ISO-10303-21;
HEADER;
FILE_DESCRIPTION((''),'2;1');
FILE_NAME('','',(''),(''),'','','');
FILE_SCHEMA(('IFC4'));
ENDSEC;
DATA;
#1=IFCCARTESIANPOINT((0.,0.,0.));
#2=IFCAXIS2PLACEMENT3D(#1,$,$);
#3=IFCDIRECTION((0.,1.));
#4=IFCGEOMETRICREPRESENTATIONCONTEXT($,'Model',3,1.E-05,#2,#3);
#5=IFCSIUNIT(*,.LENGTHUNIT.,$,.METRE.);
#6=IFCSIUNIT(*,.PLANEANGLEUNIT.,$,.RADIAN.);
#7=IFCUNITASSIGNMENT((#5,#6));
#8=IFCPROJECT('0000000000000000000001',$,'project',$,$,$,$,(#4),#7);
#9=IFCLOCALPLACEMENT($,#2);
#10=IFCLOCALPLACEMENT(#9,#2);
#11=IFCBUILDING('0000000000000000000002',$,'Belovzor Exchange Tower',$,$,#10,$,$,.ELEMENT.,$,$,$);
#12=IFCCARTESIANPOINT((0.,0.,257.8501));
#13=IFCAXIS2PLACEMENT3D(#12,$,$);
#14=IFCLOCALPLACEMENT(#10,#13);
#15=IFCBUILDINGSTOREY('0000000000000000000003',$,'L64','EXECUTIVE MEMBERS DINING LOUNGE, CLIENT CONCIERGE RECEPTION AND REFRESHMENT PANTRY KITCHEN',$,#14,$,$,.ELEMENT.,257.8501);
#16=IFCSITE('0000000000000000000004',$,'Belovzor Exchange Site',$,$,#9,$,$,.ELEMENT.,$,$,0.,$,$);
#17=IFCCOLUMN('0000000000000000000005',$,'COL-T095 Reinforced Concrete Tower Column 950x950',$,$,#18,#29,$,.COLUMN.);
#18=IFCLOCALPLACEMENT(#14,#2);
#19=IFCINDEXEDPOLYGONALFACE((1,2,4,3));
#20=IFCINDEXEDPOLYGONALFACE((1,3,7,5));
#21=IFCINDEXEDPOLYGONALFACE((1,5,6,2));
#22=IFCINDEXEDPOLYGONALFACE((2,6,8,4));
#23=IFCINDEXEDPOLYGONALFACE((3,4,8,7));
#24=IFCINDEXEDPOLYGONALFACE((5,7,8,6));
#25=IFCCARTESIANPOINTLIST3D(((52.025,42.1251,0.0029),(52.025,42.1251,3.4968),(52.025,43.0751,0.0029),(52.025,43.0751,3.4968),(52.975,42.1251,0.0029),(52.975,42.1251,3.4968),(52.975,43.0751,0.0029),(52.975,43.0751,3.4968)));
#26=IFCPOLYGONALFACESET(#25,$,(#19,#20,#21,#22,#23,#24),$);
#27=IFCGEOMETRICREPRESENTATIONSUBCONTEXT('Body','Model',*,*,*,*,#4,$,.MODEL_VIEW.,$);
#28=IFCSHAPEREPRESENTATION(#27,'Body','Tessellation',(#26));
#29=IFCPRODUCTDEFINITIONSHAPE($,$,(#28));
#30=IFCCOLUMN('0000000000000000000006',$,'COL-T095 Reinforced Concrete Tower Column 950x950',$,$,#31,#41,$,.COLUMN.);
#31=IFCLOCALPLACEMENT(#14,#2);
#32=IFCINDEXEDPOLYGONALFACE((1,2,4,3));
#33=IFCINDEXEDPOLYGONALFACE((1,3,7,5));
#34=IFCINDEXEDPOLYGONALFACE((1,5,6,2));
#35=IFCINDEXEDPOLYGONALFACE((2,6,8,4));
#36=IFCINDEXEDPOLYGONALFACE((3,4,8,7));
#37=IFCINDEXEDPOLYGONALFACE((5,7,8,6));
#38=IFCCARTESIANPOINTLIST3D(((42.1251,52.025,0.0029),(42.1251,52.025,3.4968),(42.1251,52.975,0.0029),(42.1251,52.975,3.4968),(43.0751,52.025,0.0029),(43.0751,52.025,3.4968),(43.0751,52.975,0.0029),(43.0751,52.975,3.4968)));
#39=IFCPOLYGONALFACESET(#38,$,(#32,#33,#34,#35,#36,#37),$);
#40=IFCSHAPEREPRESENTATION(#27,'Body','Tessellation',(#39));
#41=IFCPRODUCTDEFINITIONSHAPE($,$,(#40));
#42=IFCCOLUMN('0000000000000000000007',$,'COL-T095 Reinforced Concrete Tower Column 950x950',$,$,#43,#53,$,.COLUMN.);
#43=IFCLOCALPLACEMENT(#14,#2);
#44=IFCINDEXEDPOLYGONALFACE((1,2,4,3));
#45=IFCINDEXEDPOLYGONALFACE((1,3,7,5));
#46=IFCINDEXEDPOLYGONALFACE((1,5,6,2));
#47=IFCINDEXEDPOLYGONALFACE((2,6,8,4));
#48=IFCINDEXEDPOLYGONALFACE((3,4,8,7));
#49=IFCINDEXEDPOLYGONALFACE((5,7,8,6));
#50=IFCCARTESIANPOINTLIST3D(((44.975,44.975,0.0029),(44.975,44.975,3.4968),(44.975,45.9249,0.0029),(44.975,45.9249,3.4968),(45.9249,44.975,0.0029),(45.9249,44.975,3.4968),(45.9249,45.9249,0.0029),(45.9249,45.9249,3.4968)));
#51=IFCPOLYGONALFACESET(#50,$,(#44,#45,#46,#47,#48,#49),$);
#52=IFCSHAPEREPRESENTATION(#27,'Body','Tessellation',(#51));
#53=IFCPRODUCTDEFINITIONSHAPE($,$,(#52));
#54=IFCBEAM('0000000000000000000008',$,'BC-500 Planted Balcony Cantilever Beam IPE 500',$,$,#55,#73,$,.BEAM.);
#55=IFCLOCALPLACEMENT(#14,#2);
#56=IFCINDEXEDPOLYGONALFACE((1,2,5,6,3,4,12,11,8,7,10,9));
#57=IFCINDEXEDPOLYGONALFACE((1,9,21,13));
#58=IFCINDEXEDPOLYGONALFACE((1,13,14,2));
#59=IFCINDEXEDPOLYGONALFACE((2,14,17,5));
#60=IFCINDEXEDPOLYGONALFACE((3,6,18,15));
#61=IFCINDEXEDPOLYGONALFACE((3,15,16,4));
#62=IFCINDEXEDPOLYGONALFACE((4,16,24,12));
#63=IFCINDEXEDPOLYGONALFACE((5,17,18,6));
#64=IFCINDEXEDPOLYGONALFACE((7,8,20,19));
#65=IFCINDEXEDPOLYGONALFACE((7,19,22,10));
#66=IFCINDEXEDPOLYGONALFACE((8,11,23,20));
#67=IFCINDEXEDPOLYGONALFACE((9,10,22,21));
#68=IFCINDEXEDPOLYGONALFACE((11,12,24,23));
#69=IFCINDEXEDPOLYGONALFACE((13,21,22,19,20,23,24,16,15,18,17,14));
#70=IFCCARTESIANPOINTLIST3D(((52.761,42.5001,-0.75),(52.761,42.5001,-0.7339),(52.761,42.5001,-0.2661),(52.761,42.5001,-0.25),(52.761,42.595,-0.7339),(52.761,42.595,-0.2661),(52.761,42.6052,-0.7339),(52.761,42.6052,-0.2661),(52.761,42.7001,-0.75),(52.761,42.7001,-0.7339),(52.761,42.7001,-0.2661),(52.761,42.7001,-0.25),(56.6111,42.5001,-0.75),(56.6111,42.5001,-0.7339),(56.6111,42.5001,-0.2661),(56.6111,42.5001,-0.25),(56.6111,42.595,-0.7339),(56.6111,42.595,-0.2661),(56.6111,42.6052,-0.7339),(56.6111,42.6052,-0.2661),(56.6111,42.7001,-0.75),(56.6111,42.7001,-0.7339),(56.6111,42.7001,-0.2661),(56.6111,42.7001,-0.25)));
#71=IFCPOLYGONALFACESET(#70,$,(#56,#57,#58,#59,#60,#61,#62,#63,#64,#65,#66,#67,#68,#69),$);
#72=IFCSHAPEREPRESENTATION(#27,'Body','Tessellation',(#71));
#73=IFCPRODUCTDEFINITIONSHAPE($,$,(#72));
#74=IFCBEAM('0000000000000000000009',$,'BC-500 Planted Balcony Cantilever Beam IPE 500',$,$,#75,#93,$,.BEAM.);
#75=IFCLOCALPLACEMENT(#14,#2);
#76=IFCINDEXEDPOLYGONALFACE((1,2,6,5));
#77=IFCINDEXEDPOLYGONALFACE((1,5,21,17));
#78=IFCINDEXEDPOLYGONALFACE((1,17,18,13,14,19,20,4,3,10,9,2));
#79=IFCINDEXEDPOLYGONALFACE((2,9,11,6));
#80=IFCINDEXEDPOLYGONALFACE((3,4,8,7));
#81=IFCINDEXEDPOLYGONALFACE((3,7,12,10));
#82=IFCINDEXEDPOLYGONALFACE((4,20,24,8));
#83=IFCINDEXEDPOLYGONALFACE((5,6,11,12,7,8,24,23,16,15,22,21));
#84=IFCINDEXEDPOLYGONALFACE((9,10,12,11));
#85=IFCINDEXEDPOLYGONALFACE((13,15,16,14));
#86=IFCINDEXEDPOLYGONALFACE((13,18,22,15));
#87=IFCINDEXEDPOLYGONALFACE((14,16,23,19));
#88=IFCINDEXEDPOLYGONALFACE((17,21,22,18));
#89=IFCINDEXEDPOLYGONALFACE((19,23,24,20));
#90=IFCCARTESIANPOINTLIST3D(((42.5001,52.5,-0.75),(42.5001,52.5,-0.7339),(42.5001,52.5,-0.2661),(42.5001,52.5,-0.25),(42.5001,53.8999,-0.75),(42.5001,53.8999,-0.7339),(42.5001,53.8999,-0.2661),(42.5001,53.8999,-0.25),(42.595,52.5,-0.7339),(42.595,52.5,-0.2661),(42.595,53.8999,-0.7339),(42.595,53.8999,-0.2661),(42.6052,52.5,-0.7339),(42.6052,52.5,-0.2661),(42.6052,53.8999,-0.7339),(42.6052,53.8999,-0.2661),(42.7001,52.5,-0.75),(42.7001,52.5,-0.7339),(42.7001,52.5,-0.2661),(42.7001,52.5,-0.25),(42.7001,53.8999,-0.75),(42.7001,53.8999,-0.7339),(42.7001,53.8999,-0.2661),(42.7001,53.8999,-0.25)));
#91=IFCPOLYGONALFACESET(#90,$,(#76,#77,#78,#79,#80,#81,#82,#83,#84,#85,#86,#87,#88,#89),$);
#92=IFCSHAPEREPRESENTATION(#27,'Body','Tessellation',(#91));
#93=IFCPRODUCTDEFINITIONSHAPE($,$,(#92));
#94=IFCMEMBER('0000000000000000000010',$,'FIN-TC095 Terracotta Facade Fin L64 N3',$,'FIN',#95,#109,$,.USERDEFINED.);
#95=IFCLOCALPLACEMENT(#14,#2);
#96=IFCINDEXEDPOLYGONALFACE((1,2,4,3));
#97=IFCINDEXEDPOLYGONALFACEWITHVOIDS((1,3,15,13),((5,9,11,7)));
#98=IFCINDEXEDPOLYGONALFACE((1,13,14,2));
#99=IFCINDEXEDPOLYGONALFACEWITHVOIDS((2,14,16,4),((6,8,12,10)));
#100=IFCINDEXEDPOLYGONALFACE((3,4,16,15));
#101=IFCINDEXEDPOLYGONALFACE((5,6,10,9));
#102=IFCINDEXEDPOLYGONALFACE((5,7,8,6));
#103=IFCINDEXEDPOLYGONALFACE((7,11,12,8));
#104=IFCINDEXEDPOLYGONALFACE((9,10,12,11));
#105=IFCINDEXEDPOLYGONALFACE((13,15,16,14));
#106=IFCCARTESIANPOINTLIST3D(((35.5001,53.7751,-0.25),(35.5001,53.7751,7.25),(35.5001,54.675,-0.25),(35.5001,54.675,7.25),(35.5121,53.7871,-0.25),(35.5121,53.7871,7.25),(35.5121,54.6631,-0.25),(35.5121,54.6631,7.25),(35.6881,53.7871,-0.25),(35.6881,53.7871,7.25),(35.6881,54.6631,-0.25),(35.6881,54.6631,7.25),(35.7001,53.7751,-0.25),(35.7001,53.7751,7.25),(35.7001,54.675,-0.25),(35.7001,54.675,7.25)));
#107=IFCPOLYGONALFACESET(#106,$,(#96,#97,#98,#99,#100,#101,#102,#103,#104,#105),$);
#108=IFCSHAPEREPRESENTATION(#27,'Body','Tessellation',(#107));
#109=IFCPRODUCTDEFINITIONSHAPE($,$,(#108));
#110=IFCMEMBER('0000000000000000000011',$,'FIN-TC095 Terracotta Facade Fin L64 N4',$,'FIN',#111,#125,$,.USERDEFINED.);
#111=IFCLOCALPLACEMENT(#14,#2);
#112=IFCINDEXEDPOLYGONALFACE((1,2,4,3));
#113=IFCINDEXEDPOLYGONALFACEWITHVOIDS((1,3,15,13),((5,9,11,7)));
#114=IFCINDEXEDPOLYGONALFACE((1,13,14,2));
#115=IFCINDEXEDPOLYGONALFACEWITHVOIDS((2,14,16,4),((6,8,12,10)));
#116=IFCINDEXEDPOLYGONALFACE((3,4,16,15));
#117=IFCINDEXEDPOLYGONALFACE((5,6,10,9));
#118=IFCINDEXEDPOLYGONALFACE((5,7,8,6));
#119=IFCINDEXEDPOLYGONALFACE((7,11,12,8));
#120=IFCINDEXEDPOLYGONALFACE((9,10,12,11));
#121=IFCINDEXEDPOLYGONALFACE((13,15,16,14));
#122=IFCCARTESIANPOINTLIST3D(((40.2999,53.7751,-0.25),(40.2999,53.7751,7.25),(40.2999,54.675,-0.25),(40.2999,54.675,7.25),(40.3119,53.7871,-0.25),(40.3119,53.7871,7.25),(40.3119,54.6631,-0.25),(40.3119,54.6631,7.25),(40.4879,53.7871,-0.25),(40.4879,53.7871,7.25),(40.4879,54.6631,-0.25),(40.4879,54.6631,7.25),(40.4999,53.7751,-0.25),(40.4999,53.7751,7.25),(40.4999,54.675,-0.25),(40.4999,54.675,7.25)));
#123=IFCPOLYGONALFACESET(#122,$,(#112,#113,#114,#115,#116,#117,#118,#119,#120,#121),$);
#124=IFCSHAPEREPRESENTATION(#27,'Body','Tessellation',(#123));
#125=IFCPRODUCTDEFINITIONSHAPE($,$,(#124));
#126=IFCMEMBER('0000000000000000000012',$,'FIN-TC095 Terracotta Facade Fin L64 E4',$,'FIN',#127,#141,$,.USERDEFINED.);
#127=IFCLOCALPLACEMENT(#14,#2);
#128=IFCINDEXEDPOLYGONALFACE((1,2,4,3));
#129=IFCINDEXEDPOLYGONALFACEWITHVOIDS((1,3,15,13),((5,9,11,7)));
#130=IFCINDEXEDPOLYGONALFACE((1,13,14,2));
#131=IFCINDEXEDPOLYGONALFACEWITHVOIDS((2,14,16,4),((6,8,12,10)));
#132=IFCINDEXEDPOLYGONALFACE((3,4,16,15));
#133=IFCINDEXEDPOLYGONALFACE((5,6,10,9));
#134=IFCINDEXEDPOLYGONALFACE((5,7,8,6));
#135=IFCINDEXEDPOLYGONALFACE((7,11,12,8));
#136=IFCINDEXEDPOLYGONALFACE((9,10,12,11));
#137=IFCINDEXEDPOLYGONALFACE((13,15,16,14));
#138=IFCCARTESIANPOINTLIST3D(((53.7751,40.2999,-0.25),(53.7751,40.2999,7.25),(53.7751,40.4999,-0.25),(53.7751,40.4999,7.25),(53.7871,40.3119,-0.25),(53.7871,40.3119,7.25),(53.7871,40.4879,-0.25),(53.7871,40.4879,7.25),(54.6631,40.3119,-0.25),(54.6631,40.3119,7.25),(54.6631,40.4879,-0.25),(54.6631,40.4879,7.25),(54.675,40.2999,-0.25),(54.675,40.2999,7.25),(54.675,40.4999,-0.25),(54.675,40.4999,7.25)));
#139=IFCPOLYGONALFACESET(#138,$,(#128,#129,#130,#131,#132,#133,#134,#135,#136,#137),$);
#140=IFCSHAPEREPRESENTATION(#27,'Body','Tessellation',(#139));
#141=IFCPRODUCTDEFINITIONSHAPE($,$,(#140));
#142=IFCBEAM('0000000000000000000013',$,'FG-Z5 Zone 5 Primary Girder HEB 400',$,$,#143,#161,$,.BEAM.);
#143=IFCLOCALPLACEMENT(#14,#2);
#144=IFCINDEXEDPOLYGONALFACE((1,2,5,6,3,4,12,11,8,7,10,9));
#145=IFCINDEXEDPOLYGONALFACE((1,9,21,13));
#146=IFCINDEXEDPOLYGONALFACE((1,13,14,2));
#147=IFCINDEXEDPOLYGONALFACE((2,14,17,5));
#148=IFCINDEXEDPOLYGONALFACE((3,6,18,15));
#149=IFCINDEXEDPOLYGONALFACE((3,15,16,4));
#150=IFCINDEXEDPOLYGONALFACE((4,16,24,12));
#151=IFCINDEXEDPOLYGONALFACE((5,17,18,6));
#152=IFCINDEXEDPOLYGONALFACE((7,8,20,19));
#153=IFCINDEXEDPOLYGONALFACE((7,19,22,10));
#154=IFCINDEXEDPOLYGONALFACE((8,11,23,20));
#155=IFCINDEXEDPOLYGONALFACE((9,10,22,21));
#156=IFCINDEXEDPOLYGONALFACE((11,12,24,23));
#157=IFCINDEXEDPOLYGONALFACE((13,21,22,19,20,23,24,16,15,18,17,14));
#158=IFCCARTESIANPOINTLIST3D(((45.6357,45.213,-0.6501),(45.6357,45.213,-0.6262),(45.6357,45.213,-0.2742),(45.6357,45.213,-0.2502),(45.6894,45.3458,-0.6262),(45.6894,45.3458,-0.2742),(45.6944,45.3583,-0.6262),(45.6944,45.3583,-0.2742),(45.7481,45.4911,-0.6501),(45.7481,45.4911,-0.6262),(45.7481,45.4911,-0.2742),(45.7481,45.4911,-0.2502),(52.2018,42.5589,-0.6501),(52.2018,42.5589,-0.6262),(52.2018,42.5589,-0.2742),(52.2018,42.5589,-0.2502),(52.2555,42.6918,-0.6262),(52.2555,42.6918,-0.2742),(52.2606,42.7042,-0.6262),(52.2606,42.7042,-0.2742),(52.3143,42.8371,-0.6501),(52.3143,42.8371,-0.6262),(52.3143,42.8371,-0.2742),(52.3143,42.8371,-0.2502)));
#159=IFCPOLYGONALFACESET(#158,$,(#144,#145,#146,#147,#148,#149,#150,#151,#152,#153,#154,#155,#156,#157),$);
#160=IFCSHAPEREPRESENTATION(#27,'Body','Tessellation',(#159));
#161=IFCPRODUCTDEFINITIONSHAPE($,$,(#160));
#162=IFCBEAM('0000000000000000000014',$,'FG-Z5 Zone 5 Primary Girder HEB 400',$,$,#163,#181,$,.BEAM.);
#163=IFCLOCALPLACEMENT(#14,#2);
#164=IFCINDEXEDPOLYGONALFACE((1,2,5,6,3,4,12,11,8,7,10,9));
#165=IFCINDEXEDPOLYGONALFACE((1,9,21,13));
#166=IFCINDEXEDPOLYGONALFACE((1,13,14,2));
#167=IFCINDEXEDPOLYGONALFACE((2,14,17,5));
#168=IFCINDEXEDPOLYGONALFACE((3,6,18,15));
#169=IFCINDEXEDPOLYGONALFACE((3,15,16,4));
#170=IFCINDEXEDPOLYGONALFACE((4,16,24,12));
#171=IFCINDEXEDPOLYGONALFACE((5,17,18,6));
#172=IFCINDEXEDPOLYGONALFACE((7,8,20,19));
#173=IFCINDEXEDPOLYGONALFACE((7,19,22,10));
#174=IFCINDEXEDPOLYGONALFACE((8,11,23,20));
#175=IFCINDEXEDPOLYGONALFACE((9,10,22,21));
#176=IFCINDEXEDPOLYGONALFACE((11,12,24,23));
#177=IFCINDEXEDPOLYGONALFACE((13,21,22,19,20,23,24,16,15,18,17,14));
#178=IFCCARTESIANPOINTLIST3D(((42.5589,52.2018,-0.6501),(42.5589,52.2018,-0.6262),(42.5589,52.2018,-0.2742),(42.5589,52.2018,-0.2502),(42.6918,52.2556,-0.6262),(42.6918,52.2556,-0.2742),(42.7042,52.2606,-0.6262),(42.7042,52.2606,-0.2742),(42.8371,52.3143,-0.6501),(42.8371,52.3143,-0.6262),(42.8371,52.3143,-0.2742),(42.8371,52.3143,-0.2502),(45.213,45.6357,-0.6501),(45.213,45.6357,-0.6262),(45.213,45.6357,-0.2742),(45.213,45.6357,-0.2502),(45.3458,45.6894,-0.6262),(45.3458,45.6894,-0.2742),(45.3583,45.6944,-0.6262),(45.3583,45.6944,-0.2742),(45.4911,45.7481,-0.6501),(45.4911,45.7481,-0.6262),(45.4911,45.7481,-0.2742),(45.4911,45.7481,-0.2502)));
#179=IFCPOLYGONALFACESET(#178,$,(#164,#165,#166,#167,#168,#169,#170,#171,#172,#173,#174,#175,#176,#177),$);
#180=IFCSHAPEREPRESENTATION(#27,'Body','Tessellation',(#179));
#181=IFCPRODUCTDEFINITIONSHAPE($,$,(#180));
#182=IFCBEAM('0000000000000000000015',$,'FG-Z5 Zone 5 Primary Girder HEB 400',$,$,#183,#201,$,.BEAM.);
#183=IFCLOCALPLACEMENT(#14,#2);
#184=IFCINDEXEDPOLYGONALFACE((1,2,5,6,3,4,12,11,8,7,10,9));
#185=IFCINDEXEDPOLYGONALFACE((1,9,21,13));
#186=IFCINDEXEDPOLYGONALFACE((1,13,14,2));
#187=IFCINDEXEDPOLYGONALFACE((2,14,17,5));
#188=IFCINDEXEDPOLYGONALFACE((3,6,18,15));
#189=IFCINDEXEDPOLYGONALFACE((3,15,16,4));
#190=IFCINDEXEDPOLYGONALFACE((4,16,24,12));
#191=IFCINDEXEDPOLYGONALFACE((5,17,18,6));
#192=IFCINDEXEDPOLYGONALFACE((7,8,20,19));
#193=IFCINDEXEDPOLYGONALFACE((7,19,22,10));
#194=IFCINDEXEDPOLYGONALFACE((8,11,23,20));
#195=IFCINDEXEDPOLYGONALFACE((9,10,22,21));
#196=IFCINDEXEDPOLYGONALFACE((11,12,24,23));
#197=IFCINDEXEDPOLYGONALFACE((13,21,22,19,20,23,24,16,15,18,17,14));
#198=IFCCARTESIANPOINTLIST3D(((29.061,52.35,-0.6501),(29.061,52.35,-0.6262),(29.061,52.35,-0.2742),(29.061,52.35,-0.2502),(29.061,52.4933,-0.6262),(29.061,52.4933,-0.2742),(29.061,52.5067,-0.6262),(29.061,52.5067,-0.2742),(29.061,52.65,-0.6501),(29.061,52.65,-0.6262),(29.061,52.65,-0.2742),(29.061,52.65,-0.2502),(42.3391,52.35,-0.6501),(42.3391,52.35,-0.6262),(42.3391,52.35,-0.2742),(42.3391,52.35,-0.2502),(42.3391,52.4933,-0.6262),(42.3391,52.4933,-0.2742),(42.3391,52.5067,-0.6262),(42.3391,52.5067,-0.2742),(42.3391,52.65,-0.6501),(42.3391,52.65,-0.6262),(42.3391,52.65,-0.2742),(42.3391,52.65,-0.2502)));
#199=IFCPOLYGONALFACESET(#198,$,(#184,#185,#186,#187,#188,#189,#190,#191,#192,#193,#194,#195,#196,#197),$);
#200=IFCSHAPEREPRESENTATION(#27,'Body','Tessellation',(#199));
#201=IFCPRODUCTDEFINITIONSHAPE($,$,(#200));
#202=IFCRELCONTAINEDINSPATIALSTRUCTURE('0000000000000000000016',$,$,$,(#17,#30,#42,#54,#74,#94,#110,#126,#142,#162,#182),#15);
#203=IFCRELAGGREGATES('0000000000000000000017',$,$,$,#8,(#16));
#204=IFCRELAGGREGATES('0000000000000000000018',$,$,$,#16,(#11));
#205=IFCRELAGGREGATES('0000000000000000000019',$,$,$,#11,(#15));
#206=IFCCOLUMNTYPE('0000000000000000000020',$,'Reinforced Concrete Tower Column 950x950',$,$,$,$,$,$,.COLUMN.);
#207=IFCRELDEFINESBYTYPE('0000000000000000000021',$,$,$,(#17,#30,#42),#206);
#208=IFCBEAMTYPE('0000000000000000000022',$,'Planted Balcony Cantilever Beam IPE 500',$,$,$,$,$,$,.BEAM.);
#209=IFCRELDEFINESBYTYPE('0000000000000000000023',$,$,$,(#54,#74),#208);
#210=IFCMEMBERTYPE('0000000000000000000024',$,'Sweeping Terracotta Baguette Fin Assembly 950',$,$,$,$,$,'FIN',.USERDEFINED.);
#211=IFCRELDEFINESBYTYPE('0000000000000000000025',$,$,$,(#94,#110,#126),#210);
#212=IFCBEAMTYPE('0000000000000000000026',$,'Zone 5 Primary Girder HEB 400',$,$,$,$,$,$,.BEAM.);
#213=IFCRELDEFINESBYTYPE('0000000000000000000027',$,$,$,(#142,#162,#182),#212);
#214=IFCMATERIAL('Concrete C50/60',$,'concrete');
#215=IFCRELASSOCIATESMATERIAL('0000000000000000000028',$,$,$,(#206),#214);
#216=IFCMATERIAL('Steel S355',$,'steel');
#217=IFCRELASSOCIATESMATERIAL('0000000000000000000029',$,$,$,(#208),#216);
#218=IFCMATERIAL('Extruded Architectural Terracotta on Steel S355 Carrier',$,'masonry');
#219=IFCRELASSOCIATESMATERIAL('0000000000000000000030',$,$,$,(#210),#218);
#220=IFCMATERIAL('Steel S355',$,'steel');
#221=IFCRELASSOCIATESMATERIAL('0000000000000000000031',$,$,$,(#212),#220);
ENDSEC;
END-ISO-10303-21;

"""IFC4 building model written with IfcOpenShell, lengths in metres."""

from ifc_helpers import new_model, si_unit, direction, frame, origin, origin_2d, place, context, subcontext, project, spatial, rectangle, hollow_rectangle, i_section, extrude, material, material_profile, profile_set, type_object, element, save


model = new_model("IFC4")

# Units and contexts
model_context = context("Model", 3, precision=1e-05, world=origin(), true_north=direction((0.0, 1.0)))
body_context = subcontext(model_context, "Body", "Model", "MODEL_VIEW")
ifc_project = project(units=[si_unit("LENGTHUNIT", "METRE"), si_unit("PLANEANGLEUNIT", "RADIAN")], contexts=[model_context])

# Site, building, storey
site_placement = place(None, origin())
site = spatial("IfcSite", under=ifc_project, at=site_placement, Name="Belovzor Exchange Site", CompositionType="ELEMENT", RefElevation=0.0)
building_placement = place(site_placement, origin())
building = spatial("IfcBuilding", under=site, at=building_placement, Name="Belovzor Exchange Tower", CompositionType="ELEMENT")
storey_placement = place(building_placement, frame((0.0, 0.0, 257.8501)))
storey = spatial("IfcBuildingStorey", under=building, at=storey_placement, Name="L64", Description="EXECUTIVE MEMBERS DINING LOUNGE, CLIENT CONCIERGE RECEPTION AND REFRESHMENT PANTRY KITCHEN", CompositionType="ELEMENT", Elevation=257.8501)

# Columns
ifc_material_1 = material(Name="Concrete C50/60", Category="concrete")
ifc_material_profile_1 = material_profile(ifc_material_1, rectangle(XDim=0.95, YDim=0.95, at=origin_2d()))
ifc_profile_set_1 = profile_set([ifc_material_profile_1], Name="Concrete C50/60")
column_type = type_object("IfcColumnType", Name="Reinforced Concrete Tower Column 950x950", PredefinedType="COLUMN", material=ifc_profile_set_1)
for number, where, z_axis, x_axis, name in (
    (1, (52.5, 42.6001, 0.0029), (0.0, 0.0, 1.0), (1.0, 0.0, 0.0), "COL-T095 Reinforced Concrete Tower Column 950x950"),
    (2, (42.6001, 52.5, 0.0029), (0.0, 0.0, 1.0), (1.0, 0.0, 0.0), "COL-T095 Reinforced Concrete Tower Column 950x950"),
    (3, (45.45, 45.45, 0.0029), (0.0, 0.0, 1.0), (1.0, 0.0, 0.0), "COL-T095 Reinforced Concrete Tower Column 950x950"),
):
    element("IfcColumn", number, at=place(storey_placement, frame(where, z_axis=z_axis, x_axis=x_axis)), inside=storey, type_object=column_type, Name=name, PredefinedType="COLUMN", context=body_context, shape_type="SweptSolid", body=[
        extrude(rectangle(XDim=0.95, YDim=0.95, at=origin_2d()), origin(), (0.0, 0.0, 1.0), 3.4939),
    ])

# Beams
ifc_material_2 = material(Name="Steel S355", Category="steel")
ifc_material_profile_2 = material_profile(ifc_material_2, i_section(OverallWidth=0.2, OverallDepth=0.5, WebThickness=0.0103, FlangeThickness=0.0161, at=origin_2d()))
ifc_profile_set_2 = profile_set([ifc_material_profile_2], Name="Steel S355")
beam_type_1 = type_object("IfcBeamType", Name="Planted Balcony Cantilever Beam IPE 500", PredefinedType="BEAM", material=ifc_profile_set_2)
beam_1_placement = place(storey_placement, frame((52.761, 42.6001, -0.5), z_axis=(1.0, 0.0, 0.0), x_axis=(0.0, 1.0, 0.0)))
element("IfcBeam", 4, at=beam_1_placement, inside=storey, type_object=beam_type_1, Name="BC-500 Planted Balcony Cantilever Beam IPE 500", PredefinedType="BEAM", context=body_context, shape_type="SweptSolid", body=[
    extrude(i_section(OverallWidth=0.2, OverallDepth=0.5, WebThickness=0.0103, FlangeThickness=0.0161, at=origin_2d()), origin(), (0.0, 0.0, 1.0), 3.8501),
])
beam_2_placement = place(storey_placement, frame((42.6001, 52.5, -0.5), z_axis=(0.0, 1.0, 0.0), x_axis=(-1.0, 0.0, 0.0)))
element("IfcBeam", 5, at=beam_2_placement, inside=storey, type_object=beam_type_1, Name="BC-500 Planted Balcony Cantilever Beam IPE 500", PredefinedType="BEAM", context=body_context, shape_type="SweptSolid", body=[
    extrude(i_section(OverallWidth=0.2, OverallDepth=0.5, WebThickness=0.0103, FlangeThickness=0.0161, at=origin_2d()), origin(), (0.0, 0.0, 1.0), 1.3999),
])

# Members
ifc_material_3 = material(Name="Extruded Architectural Terracotta on Steel S355 Carrier", Category="masonry")
ifc_material_profile_3 = material_profile(ifc_material_3, hollow_rectangle(XDim=0.2, YDim=0.8999, WallThickness=0.012, at=origin_2d()))
ifc_profile_set_3 = profile_set([ifc_material_profile_3], Name="Extruded Architectural Terracotta on Steel S355 Carrier")
member_type = type_object("IfcMemberType", Name="Sweeping Terracotta Baguette Fin Assembly 950", ElementType="FIN", PredefinedType="USERDEFINED", material=ifc_profile_set_3)
for number, where, z_axis, x_axis, name in (
    (6, (35.6001, 54.2251, -0.25), (0.0, 0.0, 1.0), (1.0, 0.0, 0.0), "FIN-TC095 Terracotta Facade Fin L64 N3"),
    (7, (40.3999, 54.2251, -0.25), (0.0, 0.0, 1.0), (1.0, 0.0, 0.0), "FIN-TC095 Terracotta Facade Fin L64 N4"),
    (8, (54.2251, 40.3999, -0.25), (0.0, 0.0, 1.0), (0.0, 1.0, 0.0), "FIN-TC095 Terracotta Facade Fin L64 E4"),
):
    element("IfcMember", number, at=place(storey_placement, frame(where, z_axis=z_axis, x_axis=x_axis)), inside=storey, type_object=member_type, Name=name, ObjectType="FIN", PredefinedType="USERDEFINED", context=body_context, shape_type="SweptSolid", body=[
        extrude(hollow_rectangle(XDim=0.2, YDim=0.8999, WallThickness=0.012, at=origin_2d()), origin(), (0.0, 0.0, 1.0), 7.5),
    ])

# Beams
ifc_material_4 = material(Name="Steel S355", Category="steel")
ifc_material_profile_4 = material_profile(ifc_material_4, i_section(OverallWidth=0.3, OverallDepth=0.3999, WebThickness=0.0134, FlangeThickness=0.0239, at=origin_2d()))
ifc_profile_set_4 = profile_set([ifc_material_profile_4], Name="Steel S355")
beam_type_2 = type_object("IfcBeamType", Name="Zone 5 Primary Girder HEB 400", PredefinedType="BEAM", material=ifc_profile_set_4)
for number, where, z_axis, x_axis, name in (
    (9, (52.2581, 42.698, -0.4502), (-0.927127, 0.374746, 0.0), (-0.374746, -0.927127, 0.0), "FG-Z5 Zone 5 Primary Girder HEB 400"),
    (10, (45.3521, 45.6919, -0.4502), (-0.374746, 0.927127, 0.0), (-0.927127, -0.374746, 0.0), "FG-Z5 Zone 5 Primary Girder HEB 400"),
):
    element("IfcBeam", number, at=place(storey_placement, frame(where, z_axis=z_axis, x_axis=x_axis)), inside=storey, type_object=beam_type_2, Name=name, PredefinedType="BEAM", context=body_context, shape_type="SweptSolid", body=[
        extrude(i_section(OverallWidth=0.3, OverallDepth=0.3999, WebThickness=0.0134, FlangeThickness=0.0239, at=origin_2d()), origin(), (0.0, 0.0, 1.0), 7.0823),
    ])
beam_3_placement = place(storey_placement, frame((42.3391, 52.5, -0.4502), z_axis=(-1.0, 0.0, 0.0), x_axis=(0.0, -1.0, 0.0)))
element("IfcBeam", 11, at=beam_3_placement, inside=storey, type_object=beam_type_2, Name="FG-Z5 Zone 5 Primary Girder HEB 400", PredefinedType="BEAM", context=body_context, shape_type="SweptSolid", body=[
    extrude(i_section(OverallWidth=0.3, OverallDepth=0.3999, WebThickness=0.0134, FlangeThickness=0.0239, at=origin_2d()), origin(), (0.0, 0.0, 1.0), 13.2781),
])

save(model, "model.ifc")
